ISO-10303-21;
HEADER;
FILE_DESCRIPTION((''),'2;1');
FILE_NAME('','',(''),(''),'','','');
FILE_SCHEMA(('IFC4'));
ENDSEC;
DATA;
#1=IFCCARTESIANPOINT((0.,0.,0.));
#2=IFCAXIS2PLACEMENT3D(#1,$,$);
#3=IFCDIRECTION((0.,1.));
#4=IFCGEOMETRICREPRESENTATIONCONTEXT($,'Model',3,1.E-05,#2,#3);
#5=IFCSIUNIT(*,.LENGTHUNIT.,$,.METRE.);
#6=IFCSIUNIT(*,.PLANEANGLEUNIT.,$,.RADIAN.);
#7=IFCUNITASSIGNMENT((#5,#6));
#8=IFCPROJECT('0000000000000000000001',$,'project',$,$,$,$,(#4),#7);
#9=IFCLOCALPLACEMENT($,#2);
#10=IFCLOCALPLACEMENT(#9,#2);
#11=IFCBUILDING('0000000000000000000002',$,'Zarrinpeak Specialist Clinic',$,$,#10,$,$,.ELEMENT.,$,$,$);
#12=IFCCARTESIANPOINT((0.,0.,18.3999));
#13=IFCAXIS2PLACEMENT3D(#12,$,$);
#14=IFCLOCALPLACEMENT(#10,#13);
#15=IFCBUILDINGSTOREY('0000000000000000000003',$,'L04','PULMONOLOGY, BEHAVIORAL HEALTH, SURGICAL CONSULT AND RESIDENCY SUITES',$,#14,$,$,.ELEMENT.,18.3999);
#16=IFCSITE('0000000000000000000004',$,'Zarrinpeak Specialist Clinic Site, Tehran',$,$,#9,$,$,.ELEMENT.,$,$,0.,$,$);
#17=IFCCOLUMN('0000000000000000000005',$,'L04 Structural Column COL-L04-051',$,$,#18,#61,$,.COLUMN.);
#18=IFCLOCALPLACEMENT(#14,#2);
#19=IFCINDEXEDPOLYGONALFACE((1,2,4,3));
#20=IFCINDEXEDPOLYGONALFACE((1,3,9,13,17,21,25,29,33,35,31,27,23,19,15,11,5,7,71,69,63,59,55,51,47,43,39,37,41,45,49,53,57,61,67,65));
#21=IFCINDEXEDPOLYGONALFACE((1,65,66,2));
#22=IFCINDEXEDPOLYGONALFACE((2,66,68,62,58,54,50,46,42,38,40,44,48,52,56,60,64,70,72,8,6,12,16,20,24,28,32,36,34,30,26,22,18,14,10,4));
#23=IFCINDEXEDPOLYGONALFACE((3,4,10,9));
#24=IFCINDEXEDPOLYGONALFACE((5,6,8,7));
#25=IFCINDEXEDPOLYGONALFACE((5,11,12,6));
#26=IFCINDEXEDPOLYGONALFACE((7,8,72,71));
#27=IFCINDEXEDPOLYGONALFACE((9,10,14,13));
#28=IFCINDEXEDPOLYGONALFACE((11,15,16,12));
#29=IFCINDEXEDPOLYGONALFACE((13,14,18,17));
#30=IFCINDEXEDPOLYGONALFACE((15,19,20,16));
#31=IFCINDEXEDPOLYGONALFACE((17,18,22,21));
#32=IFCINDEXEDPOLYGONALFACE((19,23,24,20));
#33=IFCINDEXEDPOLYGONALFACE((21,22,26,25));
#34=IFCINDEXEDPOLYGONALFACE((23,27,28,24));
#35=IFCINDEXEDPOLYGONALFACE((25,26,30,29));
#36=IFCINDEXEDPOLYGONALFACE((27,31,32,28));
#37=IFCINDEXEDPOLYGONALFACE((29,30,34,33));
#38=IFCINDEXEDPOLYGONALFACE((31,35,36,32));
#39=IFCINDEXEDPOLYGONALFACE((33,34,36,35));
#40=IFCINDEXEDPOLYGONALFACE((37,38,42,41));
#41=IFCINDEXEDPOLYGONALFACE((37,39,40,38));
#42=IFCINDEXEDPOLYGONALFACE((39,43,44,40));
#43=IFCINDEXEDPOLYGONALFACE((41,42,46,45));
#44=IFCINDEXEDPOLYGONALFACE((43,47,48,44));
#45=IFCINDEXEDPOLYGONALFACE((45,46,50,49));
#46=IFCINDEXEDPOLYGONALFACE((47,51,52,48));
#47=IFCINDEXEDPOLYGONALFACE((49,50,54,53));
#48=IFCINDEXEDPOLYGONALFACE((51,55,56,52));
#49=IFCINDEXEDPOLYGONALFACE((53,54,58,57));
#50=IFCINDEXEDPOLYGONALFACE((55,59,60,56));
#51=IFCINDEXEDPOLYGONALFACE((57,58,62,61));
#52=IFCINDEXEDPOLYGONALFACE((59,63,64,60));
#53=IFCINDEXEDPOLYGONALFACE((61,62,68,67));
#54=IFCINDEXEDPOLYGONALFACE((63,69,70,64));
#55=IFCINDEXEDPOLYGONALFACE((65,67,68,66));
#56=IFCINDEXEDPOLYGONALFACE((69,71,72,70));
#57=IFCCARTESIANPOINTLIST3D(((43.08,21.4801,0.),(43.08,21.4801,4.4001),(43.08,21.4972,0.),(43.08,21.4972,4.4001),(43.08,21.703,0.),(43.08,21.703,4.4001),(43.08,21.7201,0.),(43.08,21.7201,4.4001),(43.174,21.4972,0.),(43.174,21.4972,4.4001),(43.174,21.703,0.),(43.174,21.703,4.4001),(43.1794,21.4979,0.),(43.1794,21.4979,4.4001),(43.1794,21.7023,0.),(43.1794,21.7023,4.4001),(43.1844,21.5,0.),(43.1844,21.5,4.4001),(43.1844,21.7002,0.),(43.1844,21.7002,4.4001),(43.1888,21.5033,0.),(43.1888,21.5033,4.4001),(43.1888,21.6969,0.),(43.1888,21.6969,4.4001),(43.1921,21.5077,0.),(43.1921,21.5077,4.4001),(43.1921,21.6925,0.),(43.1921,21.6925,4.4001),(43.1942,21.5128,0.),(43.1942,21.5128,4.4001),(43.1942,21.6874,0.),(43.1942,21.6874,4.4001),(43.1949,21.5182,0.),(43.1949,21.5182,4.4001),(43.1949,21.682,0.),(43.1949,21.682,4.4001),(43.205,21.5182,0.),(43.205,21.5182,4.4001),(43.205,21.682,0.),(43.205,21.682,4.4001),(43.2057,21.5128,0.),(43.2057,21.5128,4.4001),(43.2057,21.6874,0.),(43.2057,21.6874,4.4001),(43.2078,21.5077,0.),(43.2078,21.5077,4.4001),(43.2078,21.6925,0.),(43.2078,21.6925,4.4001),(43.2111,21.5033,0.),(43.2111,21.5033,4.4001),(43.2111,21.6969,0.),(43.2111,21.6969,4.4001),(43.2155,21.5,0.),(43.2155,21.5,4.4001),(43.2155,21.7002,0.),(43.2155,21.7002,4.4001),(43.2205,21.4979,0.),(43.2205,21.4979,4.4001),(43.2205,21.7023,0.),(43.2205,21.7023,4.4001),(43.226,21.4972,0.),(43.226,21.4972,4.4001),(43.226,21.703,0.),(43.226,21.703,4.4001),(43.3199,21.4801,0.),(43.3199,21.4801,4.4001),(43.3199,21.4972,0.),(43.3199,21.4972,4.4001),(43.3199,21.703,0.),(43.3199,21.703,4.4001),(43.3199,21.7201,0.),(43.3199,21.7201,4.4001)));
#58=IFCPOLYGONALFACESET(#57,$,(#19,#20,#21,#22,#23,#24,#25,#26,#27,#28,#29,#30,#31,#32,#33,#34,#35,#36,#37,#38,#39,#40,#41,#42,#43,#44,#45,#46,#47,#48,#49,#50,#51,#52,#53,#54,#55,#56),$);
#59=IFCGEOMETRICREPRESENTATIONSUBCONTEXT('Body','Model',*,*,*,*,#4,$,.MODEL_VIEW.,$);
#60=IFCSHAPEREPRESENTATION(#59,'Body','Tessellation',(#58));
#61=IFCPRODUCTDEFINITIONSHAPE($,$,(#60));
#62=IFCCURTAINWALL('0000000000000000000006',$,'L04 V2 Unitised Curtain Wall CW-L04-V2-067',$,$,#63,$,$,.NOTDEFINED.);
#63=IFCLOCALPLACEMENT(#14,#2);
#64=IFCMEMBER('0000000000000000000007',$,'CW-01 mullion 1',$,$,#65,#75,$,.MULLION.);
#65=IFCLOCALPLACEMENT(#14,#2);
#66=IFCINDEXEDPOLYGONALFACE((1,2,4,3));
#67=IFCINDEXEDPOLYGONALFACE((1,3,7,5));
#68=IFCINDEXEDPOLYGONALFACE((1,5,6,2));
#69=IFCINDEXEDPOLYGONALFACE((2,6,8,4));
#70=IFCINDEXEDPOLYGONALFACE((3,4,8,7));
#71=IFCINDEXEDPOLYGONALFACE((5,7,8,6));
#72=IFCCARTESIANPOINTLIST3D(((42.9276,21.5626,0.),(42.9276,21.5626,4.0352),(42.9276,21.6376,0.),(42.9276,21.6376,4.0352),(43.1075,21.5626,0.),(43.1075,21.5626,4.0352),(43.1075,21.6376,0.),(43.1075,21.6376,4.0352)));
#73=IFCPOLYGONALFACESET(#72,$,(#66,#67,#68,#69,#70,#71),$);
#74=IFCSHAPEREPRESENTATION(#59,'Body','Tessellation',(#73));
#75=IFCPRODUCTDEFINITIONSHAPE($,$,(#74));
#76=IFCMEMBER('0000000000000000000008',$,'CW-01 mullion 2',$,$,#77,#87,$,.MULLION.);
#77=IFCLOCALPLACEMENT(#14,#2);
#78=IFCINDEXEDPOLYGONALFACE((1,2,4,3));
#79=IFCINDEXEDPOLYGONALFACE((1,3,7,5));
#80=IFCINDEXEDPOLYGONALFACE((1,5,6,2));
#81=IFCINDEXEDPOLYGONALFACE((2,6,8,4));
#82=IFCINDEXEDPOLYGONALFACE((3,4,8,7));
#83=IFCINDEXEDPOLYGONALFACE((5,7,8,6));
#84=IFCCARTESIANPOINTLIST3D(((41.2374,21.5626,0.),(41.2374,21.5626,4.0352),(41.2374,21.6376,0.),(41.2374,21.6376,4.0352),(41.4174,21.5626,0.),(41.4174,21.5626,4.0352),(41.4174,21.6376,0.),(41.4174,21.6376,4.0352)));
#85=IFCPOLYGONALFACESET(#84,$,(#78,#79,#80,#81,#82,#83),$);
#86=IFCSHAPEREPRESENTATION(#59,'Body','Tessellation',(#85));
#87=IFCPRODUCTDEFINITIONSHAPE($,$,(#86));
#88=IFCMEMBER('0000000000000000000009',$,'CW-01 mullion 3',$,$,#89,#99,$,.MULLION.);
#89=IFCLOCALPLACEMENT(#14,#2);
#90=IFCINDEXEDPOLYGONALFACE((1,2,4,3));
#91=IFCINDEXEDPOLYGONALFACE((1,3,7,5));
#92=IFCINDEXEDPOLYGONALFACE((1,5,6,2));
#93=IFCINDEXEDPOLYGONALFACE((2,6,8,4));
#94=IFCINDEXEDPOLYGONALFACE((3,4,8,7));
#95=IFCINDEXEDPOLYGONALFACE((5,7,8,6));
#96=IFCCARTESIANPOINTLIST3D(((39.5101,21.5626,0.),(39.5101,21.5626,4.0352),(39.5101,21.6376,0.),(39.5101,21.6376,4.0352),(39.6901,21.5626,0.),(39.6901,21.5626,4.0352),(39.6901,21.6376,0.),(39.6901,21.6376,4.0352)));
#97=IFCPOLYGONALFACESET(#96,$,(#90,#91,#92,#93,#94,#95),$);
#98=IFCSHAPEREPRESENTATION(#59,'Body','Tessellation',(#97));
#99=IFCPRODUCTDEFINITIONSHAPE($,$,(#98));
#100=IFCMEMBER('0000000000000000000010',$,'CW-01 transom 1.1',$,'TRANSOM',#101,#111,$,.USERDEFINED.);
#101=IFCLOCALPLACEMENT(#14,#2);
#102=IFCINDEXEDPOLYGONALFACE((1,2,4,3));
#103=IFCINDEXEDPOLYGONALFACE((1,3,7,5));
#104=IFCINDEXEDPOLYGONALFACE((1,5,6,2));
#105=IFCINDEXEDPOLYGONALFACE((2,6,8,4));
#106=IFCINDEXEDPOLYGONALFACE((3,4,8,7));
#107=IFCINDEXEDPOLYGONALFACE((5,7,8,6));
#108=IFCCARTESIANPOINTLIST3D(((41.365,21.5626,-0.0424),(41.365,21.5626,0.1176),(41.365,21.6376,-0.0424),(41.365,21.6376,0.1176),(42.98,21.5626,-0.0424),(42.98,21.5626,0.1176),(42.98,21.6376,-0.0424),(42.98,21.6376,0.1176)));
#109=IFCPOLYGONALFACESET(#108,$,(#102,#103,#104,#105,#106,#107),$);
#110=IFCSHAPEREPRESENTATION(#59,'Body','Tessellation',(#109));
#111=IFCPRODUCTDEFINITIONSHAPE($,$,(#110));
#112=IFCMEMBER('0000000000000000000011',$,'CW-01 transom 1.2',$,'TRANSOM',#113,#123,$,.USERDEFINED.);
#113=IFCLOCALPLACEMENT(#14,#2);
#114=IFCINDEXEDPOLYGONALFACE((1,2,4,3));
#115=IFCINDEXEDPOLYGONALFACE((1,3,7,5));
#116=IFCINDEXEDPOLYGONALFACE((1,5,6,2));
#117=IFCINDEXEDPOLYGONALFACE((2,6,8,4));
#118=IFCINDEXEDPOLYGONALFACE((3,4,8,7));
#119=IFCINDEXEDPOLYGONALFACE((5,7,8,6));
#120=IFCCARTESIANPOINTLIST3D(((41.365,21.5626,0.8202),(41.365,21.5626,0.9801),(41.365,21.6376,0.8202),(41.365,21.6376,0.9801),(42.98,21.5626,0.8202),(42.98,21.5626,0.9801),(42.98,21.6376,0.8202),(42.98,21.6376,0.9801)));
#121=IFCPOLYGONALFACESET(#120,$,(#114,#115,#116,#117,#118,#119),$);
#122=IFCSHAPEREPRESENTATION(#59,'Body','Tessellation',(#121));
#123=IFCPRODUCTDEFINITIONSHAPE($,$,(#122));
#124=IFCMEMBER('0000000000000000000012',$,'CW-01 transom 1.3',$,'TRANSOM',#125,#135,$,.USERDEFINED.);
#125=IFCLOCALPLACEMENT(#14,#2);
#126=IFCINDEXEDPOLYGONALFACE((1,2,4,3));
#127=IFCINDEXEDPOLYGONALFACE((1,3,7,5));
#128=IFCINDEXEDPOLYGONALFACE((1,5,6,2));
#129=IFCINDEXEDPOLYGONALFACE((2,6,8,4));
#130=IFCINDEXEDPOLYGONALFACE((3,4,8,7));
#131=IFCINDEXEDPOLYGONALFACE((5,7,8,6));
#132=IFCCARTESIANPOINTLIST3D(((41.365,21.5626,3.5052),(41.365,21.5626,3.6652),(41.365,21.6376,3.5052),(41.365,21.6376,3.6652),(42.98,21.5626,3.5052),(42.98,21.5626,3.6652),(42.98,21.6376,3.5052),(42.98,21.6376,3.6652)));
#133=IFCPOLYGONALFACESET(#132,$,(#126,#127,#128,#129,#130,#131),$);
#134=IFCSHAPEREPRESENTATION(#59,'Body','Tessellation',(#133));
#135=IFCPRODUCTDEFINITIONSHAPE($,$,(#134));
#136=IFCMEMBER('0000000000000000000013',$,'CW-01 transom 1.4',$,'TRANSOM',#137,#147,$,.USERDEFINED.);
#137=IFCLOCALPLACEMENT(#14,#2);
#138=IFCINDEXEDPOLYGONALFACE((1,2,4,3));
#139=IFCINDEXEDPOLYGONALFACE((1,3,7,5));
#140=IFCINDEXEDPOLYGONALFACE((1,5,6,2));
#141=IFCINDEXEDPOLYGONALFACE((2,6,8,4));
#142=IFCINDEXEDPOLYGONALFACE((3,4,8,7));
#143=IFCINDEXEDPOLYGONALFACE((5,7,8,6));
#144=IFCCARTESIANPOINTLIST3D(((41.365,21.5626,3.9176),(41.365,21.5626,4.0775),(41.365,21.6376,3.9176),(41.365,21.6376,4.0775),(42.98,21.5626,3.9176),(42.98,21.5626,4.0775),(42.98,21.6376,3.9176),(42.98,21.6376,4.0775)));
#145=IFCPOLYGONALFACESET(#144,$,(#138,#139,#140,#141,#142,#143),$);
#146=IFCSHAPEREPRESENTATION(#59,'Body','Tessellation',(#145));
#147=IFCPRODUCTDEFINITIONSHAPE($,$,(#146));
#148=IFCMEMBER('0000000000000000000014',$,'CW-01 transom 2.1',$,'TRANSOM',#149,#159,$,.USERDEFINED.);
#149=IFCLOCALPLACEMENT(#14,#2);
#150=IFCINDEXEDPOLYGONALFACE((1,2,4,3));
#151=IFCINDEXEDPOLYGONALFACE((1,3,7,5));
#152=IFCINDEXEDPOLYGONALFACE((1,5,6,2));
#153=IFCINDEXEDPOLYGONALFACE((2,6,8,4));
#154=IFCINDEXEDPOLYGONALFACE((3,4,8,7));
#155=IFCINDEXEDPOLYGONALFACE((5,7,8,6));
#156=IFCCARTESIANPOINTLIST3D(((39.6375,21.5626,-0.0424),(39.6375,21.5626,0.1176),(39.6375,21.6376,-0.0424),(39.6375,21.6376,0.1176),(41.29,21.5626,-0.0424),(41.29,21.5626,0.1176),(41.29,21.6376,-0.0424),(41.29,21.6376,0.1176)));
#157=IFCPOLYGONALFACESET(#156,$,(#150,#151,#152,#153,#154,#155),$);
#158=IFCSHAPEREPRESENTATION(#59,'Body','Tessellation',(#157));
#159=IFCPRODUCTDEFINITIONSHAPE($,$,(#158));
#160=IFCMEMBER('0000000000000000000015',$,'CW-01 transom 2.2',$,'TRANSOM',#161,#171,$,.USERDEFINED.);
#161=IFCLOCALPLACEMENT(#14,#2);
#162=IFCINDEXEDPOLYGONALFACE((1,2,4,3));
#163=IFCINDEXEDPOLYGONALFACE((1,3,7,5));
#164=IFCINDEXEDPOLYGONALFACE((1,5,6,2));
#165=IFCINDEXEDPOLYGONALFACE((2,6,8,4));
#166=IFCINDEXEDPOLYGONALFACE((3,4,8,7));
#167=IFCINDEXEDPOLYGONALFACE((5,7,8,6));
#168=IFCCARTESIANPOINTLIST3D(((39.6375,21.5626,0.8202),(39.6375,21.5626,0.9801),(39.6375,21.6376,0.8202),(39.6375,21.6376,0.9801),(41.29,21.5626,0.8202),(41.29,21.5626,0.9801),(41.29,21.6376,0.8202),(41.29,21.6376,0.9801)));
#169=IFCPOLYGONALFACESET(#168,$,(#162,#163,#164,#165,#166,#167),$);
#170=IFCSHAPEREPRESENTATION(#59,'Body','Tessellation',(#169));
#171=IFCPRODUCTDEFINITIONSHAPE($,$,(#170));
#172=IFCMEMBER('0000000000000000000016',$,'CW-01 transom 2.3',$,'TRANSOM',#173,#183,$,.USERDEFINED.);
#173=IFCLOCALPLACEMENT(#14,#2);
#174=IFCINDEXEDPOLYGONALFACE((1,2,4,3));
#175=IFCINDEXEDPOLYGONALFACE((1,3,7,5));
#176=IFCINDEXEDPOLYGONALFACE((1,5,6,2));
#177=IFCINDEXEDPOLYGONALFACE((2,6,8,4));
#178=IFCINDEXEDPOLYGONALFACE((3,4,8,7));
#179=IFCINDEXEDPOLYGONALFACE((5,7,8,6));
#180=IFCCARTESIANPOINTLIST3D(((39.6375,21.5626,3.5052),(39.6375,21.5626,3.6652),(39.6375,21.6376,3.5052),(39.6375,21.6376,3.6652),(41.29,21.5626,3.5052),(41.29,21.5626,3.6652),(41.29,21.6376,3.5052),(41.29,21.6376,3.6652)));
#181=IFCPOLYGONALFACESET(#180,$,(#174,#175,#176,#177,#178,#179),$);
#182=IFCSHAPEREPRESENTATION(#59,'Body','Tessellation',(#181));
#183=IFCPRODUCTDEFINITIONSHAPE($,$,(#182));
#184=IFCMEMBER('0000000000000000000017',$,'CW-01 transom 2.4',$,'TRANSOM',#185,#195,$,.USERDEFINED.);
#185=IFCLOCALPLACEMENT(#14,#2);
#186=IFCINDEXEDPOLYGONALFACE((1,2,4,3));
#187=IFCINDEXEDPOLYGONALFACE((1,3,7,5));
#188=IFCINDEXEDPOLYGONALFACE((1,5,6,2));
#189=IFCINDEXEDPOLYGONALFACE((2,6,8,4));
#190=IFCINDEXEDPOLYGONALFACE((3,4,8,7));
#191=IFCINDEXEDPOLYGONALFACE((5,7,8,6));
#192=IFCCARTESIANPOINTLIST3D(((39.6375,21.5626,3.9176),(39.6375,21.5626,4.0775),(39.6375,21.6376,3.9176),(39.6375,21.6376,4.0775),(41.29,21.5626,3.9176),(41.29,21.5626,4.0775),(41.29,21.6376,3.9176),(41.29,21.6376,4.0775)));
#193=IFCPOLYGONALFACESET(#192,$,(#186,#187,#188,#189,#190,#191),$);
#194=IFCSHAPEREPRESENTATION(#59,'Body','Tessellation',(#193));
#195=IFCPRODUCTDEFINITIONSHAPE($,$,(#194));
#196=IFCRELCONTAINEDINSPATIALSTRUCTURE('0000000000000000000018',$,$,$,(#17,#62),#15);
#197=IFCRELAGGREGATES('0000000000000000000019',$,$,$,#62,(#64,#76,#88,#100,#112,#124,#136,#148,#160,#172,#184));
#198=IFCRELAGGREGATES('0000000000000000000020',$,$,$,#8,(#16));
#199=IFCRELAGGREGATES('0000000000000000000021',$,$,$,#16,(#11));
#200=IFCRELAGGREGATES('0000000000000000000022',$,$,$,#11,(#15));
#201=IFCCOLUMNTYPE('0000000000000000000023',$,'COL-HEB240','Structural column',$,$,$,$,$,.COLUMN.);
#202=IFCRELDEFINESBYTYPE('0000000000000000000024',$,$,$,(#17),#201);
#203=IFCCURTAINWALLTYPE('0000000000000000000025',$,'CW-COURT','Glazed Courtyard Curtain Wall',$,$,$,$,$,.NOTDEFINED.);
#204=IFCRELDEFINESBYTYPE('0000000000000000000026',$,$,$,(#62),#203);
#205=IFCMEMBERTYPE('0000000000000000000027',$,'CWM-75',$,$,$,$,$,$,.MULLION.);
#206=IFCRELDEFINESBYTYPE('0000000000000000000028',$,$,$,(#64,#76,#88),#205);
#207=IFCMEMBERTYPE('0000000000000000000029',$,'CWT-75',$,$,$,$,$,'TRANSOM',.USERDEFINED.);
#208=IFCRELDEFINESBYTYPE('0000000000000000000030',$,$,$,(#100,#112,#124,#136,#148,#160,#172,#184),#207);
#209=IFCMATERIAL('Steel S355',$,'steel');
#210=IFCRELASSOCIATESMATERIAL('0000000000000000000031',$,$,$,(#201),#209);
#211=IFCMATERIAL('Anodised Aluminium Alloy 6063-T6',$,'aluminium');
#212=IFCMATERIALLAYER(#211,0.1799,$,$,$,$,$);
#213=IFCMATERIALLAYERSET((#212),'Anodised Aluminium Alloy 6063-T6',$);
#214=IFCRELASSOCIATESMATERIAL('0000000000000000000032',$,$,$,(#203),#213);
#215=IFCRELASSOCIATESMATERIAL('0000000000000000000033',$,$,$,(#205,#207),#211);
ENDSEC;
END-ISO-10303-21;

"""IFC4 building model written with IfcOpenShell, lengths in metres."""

from ifc_helpers import new_model, si_unit, direction, frame, origin, origin_2d, place, context, subcontext, project, spatial, rectangle, i_section, extrude, material, layer, layer_set, material_profile, profile_set, type_object, element, aggregate, save


model = new_model("IFC4")

# Units and contexts
model_context = context("Model", 3, precision=1e-05, world=origin(), true_north=direction((0.0, 1.0)))
body_context = subcontext(model_context, "Body", "Model", "MODEL_VIEW")
ifc_project = project(units=[si_unit("LENGTHUNIT", "METRE"), si_unit("PLANEANGLEUNIT", "RADIAN")], contexts=[model_context])

# Site, building, storey
site_placement = place(None, origin())
site = spatial("IfcSite", under=ifc_project, at=site_placement, Name="Zarrinpeak Specialist Clinic Site, Tehran", CompositionType="ELEMENT", RefElevation=0.0)
building_placement = place(site_placement, origin())
building = spatial("IfcBuilding", under=site, at=building_placement, Name="Zarrinpeak Specialist Clinic", CompositionType="ELEMENT")
storey_placement = place(building_placement, frame((0.0, 0.0, 18.3999)))
storey = spatial("IfcBuildingStorey", under=building, at=storey_placement, Name="L04", Description="PULMONOLOGY, BEHAVIORAL HEALTH, SURGICAL CONSULT AND RESIDENCY SUITES", CompositionType="ELEMENT", Elevation=18.3999)

# Column
ifc_material_1 = material(Name="Steel S355", Category="steel")
ifc_material_profile_1 = material_profile(ifc_material_1, i_section(OverallWidth=0.24, OverallDepth=0.24, WebThickness=0.01, FlangeThickness=0.0171, FilletRadius=0.021, at=origin_2d()), Name="HEB 240")
ifc_profile_set_1 = profile_set([ifc_material_profile_1], Name="Steel S355")
column_type = type_object("IfcColumnType", Name="COL-HEB240", Description="Structural column", PredefinedType="COLUMN", material=ifc_profile_set_1)
column_placement = place(storey_placement, frame((43.2, 21.6001, 0.0), z_axis=(0.0, 0.0, 1.0), x_axis=(1.0, 0.0, 0.0)))
element("IfcColumn", 1, at=column_placement, inside=storey, type_object=column_type, Name="L04 Structural Column COL-L04-051", PredefinedType="COLUMN", context=body_context, shape_type="SweptSolid", body=[
    extrude(i_section(OverallWidth=0.24, OverallDepth=0.24, WebThickness=0.01, FlangeThickness=0.0171, FilletRadius=0.021, at=origin_2d()), origin(), (0.0, 0.0, 1.0), 4.4001),
])

# Curtain wall, members
ifc_material_2 = material(Name="Anodised Aluminium Alloy 6063-T6", Category="aluminium")
ifc_layer_1 = layer(ifc_material_2, 0.1799)
ifc_layer_set_1 = layer_set([ifc_layer_1], Name="Anodised Aluminium Alloy 6063-T6")
curtain_wall_type = type_object("IfcCurtainWallType", Name="CW-COURT", Description="Glazed Courtyard Curtain Wall", PredefinedType="NOTDEFINED", material=ifc_layer_set_1)
curtain_wall_placement = place(storey_placement, origin())
curtain_wall = element("IfcCurtainWall", 2, at=curtain_wall_placement, inside=storey, type_object=curtain_wall_type, Name="L04 V2 Unitised Curtain Wall CW-L04-V2-067", PredefinedType="NOTDEFINED")
ifc_material_profile_2 = material_profile(ifc_material_2, rectangle(XDim=0.075, YDim=0.1799, at=origin_2d()), Name="ALU 75x180")
ifc_profile_set_2 = profile_set([ifc_material_profile_2], Name="Anodised Aluminium Alloy 6063-T6")
member_type_1 = type_object("IfcMemberType", Name="CWM-75", PredefinedType="MULLION", material=ifc_profile_set_2)
member_1_placement = place(storey_placement, frame((43.0176, 21.6001, 0.0), z_axis=(0.0, 0.0, 1.0), x_axis=(0.0, -1.0, 0.0)))
member_1 = element("IfcMember", 3, at=member_1_placement, type_object=member_type_1, Name="CW-01 mullion 1", PredefinedType="MULLION", context=body_context, shape_type="SweptSolid", body=[
    extrude(rectangle(XDim=0.075, YDim=0.1799, at=origin_2d()), origin(), (0.0, 0.0, 1.0), 4.0352),
])
member_2_placement = place(storey_placement, frame((41.3274, 21.6001, 0.0), z_axis=(0.0, 0.0, 1.0), x_axis=(0.0, -1.0, 0.0)))
member_2 = element("IfcMember", 4, at=member_2_placement, type_object=member_type_1, Name="CW-01 mullion 2", PredefinedType="MULLION", context=body_context, shape_type="SweptSolid", body=[
    extrude(rectangle(XDim=0.075, YDim=0.1799, at=origin_2d()), origin(), (0.0, 0.0, 1.0), 4.0352),
])
member_3_placement = place(storey_placement, frame((39.6001, 21.6001, 0.0), z_axis=(0.0, 0.0, 1.0), x_axis=(0.0, -1.0, 0.0)))
member_3 = element("IfcMember", 5, at=member_3_placement, type_object=member_type_1, Name="CW-01 mullion 3", PredefinedType="MULLION", context=body_context, shape_type="SweptSolid", body=[
    extrude(rectangle(XDim=0.075, YDim=0.1799, at=origin_2d()), origin(), (0.0, 0.0, 1.0), 4.0352),
])
ifc_material_profile_3 = material_profile(ifc_material_2, rectangle(XDim=0.075, YDim=0.1599, at=origin_2d()), Name="ALU 75x160")
ifc_profile_set_3 = profile_set([ifc_material_profile_3], Name="Anodised Aluminium Alloy 6063-T6")
member_type_2 = type_object("IfcMemberType", Name="CWT-75", ElementType="TRANSOM", PredefinedType="USERDEFINED", material=ifc_profile_set_3)
member_4_placement = place(storey_placement, frame((42.98, 21.6001, 0.0376), z_axis=(-1.0, 0.0, 0.0), x_axis=(0.0, -1.0, 0.0)))
member_4 = element("IfcMember", 6, at=member_4_placement, type_object=member_type_2, Name="CW-01 transom 1.1", ObjectType="TRANSOM", PredefinedType="USERDEFINED", context=body_context, shape_type="SweptSolid", body=[
    extrude(rectangle(XDim=0.075, YDim=0.1599, at=origin_2d()), origin(), (0.0, 0.0, 1.0), 1.615),
])
member_5_placement = place(storey_placement, frame((42.98, 21.6001, 0.9001), z_axis=(-1.0, 0.0, 0.0), x_axis=(0.0, -1.0, 0.0)))
member_5 = element("IfcMember", 7, at=member_5_placement, type_object=member_type_2, Name="CW-01 transom 1.2", ObjectType="TRANSOM", PredefinedType="USERDEFINED", context=body_context, shape_type="SweptSolid", body=[
    extrude(rectangle(XDim=0.075, YDim=0.1599, at=origin_2d()), origin(), (0.0, 0.0, 1.0), 1.615),
])
member_6_placement = place(storey_placement, frame((42.98, 21.6001, 3.5852), z_axis=(-1.0, 0.0, 0.0), x_axis=(0.0, -1.0, 0.0)))
member_6 = element("IfcMember", 8, at=member_6_placement, type_object=member_type_2, Name="CW-01 transom 1.3", ObjectType="TRANSOM", PredefinedType="USERDEFINED", context=body_context, shape_type="SweptSolid", body=[
    extrude(rectangle(XDim=0.075, YDim=0.1599, at=origin_2d()), origin(), (0.0, 0.0, 1.0), 1.615),
])
member_7_placement = place(storey_placement, frame((42.98, 21.6001, 3.9976), z_axis=(-1.0, 0.0, 0.0), x_axis=(0.0, -1.0, 0.0)))
member_7 = element("IfcMember", 9, at=member_7_placement, type_object=member_type_2, Name="CW-01 transom 1.4", ObjectType="TRANSOM", PredefinedType="USERDEFINED", context=body_context, shape_type="SweptSolid", body=[
    extrude(rectangle(XDim=0.075, YDim=0.1599, at=origin_2d()), origin(), (0.0, 0.0, 1.0), 1.615),
])
member_8_placement = place(storey_placement, frame((41.29, 21.6001, 0.0376), z_axis=(-1.0, 0.0, 0.0), x_axis=(0.0, -1.0, 0.0)))
member_8 = element("IfcMember", 10, at=member_8_placement, type_object=member_type_2, Name="CW-01 transom 2.1", ObjectType="TRANSOM", PredefinedType="USERDEFINED", context=body_context, shape_type="SweptSolid", body=[
    extrude(rectangle(XDim=0.075, YDim=0.1599, at=origin_2d()), origin(), (0.0, 0.0, 1.0), 1.6526),
])
member_9_placement = place(storey_placement, frame((41.29, 21.6001, 0.9001), z_axis=(-1.0, 0.0, 0.0), x_axis=(0.0, -1.0, 0.0)))
member_9 = element("IfcMember", 11, at=member_9_placement, type_object=member_type_2, Name="CW-01 transom 2.2", ObjectType="TRANSOM", PredefinedType="USERDEFINED", context=body_context, shape_type="SweptSolid", body=[
    extrude(rectangle(XDim=0.075, YDim=0.1599, at=origin_2d()), origin(), (0.0, 0.0, 1.0), 1.6526),
])
member_10_placement = place(storey_placement, frame((41.29, 21.6001, 3.5852), z_axis=(-1.0, 0.0, 0.0), x_axis=(0.0, -1.0, 0.0)))
member_10 = element("IfcMember", 12, at=member_10_placement, type_object=member_type_2, Name="CW-01 transom 2.3", ObjectType="TRANSOM", PredefinedType="USERDEFINED", context=body_context, shape_type="SweptSolid", body=[
    extrude(rectangle(XDim=0.075, YDim=0.1599, at=origin_2d()), origin(), (0.0, 0.0, 1.0), 1.6526),
])
member_11_placement = place(storey_placement, frame((41.29, 21.6001, 3.9976), z_axis=(-1.0, 0.0, 0.0), x_axis=(0.0, -1.0, 0.0)))
member_11 = element("IfcMember", 13, at=member_11_placement, type_object=member_type_2, Name="CW-01 transom 2.4", ObjectType="TRANSOM", PredefinedType="USERDEFINED", context=body_context, shape_type="SweptSolid", body=[
    extrude(rectangle(XDim=0.075, YDim=0.1599, at=origin_2d()), origin(), (0.0, 0.0, 1.0), 1.6526),
])
aggregate(curtain_wall, [member_1, member_2, member_3, member_4, member_5, member_6, member_7, member_8, member_9, member_10, member_11])

save(model, "model.ifc")
